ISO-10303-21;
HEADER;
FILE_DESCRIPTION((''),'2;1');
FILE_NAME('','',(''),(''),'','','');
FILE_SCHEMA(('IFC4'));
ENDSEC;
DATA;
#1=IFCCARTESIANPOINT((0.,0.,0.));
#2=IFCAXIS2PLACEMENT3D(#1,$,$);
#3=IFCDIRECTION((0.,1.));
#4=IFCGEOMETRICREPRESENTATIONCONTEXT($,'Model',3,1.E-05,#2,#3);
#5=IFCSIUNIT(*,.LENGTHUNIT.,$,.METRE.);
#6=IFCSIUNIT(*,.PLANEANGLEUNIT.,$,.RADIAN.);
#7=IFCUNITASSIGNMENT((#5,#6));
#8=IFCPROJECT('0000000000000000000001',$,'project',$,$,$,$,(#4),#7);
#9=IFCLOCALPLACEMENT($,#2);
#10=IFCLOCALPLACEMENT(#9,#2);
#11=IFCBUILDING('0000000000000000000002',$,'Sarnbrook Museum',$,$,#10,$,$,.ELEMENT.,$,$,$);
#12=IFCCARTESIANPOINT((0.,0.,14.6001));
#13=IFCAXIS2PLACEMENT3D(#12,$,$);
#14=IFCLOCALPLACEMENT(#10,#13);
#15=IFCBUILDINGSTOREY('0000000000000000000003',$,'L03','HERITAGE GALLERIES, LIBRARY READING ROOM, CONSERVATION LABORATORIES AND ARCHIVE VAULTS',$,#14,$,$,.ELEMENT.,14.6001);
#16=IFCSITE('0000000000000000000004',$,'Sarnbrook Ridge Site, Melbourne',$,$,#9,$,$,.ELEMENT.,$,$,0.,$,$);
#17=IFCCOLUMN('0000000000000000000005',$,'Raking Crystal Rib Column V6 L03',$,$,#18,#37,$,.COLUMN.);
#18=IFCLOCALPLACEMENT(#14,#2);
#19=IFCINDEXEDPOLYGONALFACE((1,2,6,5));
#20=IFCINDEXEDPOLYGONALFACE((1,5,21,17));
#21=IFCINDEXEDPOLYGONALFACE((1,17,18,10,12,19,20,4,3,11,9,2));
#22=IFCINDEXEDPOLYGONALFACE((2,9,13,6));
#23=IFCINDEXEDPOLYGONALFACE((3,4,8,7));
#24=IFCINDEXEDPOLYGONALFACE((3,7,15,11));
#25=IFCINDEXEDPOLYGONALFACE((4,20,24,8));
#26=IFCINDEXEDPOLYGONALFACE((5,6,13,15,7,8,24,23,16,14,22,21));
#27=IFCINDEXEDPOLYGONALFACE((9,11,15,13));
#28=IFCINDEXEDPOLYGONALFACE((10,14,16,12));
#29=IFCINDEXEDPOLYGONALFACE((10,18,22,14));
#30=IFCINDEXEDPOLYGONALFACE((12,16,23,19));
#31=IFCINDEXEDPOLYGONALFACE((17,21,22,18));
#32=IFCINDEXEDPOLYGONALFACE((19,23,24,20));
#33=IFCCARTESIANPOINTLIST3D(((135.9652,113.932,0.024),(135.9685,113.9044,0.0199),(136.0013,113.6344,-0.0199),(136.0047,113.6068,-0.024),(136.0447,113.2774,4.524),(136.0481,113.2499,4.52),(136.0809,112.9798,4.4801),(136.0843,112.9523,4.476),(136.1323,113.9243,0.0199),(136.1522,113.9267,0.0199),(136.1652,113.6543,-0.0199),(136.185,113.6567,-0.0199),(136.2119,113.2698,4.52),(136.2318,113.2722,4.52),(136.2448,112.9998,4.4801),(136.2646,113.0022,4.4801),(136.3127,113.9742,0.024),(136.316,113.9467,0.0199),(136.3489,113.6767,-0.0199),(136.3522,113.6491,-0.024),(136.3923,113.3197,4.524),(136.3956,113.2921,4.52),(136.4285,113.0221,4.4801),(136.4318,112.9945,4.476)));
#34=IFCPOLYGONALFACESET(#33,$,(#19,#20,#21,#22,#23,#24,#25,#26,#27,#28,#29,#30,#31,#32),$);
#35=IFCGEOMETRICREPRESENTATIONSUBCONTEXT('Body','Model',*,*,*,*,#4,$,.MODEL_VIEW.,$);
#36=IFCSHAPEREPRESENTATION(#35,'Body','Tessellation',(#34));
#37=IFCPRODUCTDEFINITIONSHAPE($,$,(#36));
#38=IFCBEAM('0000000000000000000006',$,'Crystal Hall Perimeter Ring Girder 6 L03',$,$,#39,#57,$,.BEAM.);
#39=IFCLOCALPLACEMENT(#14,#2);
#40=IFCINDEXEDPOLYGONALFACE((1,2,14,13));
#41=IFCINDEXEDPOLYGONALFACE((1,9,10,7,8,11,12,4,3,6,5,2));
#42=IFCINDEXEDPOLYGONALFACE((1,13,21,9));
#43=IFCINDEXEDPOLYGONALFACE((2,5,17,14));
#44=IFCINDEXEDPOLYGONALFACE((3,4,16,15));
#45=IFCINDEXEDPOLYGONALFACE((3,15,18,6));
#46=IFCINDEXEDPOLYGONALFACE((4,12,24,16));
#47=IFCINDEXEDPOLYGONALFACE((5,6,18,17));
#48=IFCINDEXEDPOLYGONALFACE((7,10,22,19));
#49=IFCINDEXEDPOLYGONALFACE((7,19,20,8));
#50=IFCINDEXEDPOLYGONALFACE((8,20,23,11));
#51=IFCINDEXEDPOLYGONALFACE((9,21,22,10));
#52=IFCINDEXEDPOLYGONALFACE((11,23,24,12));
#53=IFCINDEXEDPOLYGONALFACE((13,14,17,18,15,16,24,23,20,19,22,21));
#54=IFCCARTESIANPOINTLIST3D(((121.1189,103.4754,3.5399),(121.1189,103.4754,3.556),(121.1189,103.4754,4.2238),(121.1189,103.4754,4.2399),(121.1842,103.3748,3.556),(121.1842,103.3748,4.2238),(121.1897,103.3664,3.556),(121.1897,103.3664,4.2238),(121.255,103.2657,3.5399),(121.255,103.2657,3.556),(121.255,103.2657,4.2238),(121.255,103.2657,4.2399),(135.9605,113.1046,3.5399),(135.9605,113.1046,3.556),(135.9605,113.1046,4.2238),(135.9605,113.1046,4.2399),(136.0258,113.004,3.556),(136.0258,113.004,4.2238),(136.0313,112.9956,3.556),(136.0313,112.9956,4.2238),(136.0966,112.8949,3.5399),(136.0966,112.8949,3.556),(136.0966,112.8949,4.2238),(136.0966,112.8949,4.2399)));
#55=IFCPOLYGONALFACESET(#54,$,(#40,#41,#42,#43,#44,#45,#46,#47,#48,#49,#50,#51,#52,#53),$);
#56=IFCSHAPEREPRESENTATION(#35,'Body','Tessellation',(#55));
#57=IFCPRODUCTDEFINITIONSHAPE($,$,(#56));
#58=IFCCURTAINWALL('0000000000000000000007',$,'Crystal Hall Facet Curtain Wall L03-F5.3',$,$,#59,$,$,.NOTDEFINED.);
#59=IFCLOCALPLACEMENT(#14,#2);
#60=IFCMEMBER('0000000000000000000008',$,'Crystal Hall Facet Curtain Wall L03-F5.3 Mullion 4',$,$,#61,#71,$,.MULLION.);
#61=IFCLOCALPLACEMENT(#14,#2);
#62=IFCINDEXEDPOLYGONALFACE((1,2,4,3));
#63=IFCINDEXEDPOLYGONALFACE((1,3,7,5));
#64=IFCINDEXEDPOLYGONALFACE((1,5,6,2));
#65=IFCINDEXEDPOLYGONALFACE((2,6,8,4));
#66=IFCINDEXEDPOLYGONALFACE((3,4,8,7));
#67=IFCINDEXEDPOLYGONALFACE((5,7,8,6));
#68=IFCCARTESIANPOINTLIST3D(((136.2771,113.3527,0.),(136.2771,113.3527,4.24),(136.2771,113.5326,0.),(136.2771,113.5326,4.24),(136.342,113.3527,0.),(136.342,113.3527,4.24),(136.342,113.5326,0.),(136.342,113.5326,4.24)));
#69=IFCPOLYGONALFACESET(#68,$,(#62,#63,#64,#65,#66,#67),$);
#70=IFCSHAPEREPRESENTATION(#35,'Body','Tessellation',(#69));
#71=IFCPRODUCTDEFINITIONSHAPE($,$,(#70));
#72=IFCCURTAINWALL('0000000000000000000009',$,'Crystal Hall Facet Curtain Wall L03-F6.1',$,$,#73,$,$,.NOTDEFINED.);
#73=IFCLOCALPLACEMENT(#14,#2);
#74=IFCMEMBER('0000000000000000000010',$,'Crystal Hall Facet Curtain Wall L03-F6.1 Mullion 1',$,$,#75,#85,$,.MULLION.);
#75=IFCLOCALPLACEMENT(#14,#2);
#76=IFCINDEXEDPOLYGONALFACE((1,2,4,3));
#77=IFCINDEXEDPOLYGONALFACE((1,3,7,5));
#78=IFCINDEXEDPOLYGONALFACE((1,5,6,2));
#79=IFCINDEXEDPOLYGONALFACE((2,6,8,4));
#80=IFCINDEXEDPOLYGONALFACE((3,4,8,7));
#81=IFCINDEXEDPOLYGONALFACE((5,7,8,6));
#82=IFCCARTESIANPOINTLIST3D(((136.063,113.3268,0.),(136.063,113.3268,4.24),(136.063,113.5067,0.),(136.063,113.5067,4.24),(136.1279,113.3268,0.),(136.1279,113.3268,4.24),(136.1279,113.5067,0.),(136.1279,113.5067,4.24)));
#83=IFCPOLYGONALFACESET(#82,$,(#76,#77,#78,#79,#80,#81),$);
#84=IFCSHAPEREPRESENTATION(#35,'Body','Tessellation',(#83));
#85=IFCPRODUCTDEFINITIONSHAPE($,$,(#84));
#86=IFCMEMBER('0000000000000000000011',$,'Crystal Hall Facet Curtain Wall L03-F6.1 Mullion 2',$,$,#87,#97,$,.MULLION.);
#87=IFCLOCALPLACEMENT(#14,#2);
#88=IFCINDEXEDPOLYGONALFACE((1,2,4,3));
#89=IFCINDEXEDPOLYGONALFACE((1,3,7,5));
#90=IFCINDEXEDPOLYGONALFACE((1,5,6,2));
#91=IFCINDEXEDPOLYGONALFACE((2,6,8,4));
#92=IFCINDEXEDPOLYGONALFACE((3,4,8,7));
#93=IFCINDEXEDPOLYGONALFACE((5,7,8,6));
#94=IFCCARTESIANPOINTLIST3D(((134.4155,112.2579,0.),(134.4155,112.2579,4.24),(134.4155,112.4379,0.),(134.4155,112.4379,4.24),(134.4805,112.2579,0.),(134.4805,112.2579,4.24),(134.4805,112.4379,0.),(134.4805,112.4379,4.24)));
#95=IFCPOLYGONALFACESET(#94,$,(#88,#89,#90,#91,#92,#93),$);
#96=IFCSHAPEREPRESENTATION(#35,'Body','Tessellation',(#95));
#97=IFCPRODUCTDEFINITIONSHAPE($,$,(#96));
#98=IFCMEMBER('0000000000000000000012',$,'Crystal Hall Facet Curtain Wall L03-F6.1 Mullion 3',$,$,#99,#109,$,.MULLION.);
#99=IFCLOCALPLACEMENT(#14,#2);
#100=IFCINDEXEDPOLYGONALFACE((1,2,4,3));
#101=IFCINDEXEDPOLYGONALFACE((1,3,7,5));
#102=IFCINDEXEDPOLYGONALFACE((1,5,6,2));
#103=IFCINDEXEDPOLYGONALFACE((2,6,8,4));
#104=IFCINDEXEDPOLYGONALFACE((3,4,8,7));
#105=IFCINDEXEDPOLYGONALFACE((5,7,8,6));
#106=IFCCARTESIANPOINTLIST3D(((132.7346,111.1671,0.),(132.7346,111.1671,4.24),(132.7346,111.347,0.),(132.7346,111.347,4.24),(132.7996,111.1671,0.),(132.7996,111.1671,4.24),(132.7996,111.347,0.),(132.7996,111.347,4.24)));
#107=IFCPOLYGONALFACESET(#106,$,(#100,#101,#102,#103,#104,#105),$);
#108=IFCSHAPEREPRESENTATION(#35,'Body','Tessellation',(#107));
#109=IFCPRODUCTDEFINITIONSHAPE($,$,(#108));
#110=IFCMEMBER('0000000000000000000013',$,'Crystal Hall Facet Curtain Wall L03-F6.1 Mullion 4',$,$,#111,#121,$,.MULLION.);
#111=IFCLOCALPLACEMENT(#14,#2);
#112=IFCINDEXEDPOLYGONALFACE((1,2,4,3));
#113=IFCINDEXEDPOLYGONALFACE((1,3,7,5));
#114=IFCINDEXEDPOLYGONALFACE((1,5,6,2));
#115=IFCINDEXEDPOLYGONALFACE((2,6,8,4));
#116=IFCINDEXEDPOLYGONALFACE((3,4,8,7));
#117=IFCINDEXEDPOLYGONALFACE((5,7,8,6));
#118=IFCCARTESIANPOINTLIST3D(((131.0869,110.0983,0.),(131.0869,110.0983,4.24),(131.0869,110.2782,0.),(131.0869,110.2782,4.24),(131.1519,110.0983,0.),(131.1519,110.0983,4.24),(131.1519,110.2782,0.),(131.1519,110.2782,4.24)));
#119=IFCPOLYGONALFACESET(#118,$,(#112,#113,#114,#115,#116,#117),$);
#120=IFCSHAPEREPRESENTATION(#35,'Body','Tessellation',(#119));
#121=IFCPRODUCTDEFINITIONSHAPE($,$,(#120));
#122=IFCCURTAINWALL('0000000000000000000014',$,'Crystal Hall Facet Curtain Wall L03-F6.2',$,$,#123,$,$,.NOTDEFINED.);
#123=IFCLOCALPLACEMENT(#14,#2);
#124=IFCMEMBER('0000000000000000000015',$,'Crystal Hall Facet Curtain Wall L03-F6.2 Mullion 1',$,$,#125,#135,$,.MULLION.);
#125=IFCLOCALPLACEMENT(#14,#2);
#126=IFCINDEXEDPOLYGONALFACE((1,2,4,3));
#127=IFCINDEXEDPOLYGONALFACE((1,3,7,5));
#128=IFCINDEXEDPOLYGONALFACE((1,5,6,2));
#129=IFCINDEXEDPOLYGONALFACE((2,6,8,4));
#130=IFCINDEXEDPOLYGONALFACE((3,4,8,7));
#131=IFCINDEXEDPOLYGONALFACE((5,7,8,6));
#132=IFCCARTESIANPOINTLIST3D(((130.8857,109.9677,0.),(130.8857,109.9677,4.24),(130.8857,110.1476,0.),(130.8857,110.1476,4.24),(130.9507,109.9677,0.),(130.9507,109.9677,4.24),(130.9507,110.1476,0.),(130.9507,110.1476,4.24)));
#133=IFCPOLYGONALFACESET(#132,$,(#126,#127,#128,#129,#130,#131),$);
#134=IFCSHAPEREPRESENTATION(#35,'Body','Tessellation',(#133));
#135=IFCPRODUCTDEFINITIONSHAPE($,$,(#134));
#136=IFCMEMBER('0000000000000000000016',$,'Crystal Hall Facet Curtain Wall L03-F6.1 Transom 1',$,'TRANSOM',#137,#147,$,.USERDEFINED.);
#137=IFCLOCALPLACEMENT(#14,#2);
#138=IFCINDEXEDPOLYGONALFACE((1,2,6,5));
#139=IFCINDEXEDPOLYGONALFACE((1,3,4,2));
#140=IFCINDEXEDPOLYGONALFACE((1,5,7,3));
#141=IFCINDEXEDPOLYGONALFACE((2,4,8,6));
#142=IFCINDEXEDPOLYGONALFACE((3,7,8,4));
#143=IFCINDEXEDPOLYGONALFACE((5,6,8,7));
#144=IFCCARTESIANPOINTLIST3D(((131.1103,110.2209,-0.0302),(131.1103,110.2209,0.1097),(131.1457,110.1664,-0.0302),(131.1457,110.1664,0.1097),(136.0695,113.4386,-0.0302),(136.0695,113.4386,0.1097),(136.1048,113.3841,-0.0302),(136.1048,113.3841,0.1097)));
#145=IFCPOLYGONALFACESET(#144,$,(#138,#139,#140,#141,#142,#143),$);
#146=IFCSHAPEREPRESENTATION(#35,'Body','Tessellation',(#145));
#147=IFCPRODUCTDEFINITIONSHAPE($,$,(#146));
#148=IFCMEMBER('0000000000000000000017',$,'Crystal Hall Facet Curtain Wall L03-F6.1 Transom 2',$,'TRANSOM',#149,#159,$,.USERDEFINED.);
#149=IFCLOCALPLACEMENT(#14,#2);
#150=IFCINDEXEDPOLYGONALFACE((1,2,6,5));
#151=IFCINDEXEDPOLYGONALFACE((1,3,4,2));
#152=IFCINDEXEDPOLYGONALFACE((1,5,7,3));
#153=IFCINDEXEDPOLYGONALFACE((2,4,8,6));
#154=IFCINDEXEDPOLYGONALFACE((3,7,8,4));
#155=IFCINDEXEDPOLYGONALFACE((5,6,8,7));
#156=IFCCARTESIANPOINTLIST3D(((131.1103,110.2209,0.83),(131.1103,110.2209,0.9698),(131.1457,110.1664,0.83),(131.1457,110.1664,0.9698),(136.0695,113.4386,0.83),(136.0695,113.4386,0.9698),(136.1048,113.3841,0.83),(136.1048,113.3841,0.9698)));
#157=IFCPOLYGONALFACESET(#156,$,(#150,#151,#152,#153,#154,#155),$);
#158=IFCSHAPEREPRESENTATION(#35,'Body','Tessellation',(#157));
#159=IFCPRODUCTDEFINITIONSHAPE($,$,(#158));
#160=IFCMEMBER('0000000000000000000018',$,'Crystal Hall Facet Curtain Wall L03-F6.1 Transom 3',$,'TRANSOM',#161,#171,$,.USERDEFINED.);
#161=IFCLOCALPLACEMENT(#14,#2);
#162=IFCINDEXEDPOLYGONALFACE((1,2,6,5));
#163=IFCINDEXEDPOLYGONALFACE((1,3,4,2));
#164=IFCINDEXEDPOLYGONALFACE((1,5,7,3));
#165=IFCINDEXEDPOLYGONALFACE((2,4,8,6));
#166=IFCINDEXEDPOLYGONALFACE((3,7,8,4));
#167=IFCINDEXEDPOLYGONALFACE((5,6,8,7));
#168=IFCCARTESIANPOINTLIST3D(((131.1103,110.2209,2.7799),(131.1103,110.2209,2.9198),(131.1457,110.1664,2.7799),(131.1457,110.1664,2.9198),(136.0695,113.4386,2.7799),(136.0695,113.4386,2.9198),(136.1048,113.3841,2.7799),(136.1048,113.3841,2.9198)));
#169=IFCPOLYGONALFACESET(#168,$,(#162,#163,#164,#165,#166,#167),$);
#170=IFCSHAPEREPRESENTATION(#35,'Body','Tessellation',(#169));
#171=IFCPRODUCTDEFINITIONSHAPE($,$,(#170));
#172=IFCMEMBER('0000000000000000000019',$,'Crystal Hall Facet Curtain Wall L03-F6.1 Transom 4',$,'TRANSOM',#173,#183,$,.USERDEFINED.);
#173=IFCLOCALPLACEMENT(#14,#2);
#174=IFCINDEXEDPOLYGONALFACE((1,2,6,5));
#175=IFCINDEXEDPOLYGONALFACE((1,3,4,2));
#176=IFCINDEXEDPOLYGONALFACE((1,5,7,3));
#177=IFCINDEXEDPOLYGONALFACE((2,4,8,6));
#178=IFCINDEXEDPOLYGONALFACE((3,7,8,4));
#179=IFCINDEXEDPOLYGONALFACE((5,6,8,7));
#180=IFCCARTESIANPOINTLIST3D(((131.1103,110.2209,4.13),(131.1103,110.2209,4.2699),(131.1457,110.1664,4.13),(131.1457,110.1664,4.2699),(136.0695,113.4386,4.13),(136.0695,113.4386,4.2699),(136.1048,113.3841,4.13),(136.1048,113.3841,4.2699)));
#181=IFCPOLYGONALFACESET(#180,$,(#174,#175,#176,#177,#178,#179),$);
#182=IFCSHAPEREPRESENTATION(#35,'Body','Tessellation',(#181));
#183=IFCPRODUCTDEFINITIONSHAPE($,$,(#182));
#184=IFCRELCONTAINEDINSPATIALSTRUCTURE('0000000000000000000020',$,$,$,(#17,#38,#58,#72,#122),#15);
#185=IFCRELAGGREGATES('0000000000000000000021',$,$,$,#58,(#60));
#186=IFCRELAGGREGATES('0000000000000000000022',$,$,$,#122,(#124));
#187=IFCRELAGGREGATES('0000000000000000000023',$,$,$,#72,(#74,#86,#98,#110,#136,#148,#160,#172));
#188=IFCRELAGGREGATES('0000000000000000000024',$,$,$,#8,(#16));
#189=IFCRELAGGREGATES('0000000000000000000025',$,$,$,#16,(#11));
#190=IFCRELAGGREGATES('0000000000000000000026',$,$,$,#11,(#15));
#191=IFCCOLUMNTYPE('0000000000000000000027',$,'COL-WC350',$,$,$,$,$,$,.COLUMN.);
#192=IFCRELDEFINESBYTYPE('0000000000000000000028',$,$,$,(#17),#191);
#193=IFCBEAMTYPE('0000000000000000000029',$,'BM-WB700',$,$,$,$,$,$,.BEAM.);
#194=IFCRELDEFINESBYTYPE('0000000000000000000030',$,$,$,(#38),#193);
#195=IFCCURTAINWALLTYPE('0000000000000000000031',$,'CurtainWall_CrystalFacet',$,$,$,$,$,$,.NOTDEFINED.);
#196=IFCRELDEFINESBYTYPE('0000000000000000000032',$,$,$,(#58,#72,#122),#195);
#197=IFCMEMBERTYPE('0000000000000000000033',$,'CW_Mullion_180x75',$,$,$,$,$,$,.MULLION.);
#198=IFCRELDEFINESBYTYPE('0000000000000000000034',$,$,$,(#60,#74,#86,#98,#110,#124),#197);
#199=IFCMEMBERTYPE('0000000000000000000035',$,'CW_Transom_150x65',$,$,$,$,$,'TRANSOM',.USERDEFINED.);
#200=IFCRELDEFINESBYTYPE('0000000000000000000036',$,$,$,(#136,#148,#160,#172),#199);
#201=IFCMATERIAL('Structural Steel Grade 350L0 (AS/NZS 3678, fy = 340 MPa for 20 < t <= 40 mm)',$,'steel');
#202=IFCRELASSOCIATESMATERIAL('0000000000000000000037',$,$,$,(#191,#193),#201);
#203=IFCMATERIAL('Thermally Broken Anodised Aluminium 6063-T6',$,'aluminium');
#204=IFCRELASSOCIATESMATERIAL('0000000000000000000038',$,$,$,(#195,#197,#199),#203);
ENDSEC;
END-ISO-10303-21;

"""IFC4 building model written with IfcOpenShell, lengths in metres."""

from ifc_helpers import new_model, si_unit, direction, frame, origin, origin_2d, place, context, subcontext, project, spatial, rectangle, i_section, extrude, material, material_profile, profile_set, type_object, element, aggregate, save


model = new_model("IFC4")

# Units and contexts
model_context = context("Model", 3, precision=1e-05, world=origin(), true_north=direction((0.0, 1.0)))
body_context = subcontext(model_context, "Body", "Model", "MODEL_VIEW")
ifc_project = project(units=[si_unit("LENGTHUNIT", "METRE"), si_unit("PLANEANGLEUNIT", "RADIAN")], contexts=[model_context])

# Site, building, storey
site_placement = place(None, origin())
site = spatial("IfcSite", under=ifc_project, at=site_placement, Name="Sarnbrook Ridge Site, Melbourne", CompositionType="ELEMENT", RefElevation=0.0)
building_placement = place(site_placement, origin())
building = spatial("IfcBuilding", under=site, at=building_placement, Name="Sarnbrook Museum", CompositionType="ELEMENT")
storey_placement = place(building_placement, frame((0.0, 0.0, 14.6001)))
storey = spatial("IfcBuildingStorey", under=building, at=storey_placement, Name="L03", Description="HERITAGE GALLERIES, LIBRARY READING ROOM, CONSERVATION LABORATORIES AND ARCHIVE VAULTS", CompositionType="ELEMENT", Elevation=14.6001)

# Column
ifc_material_1 = material(Name="Structural Steel Grade 350L0 (AS/NZS 3678, fy = 340 MPa for 20 < t <= 40 mm)", Category="steel")
ifc_material_profile_1 = material_profile(ifc_material_1, i_section(OverallWidth=0.3501, OverallDepth=0.3311, WebThickness=0.02, FlangeThickness=0.0281, at=origin_2d()), Name="350WC197")
ifc_profile_set_1 = profile_set([ifc_material_profile_1], Name="Structural Steel Grade 350L0 (AS/NZS 3678, fy = 340 MPa for 20 < t <= 40 mm)")
column_type = type_object("IfcColumnType", Name="COL-WC350", PredefinedType="COLUMN", material=ifc_profile_set_1)
column_placement = place(storey_placement, frame((136.1587, 113.7905, 0.0), z_axis=(0.0175, -0.143917, 0.989435), x_axis=(0.992688, 0.120707, 0.0)))
element("IfcColumn", 1, at=column_placement, inside=storey, type_object=column_type, Name="Raking Crystal Rib Column V6 L03", PredefinedType="COLUMN", context=body_context, shape_type="SweptSolid", body=[
    extrude(i_section(OverallWidth=0.3501, OverallDepth=0.3311, WebThickness=0.02, FlangeThickness=0.0281, at=origin_2d()), origin(), (0.0, 0.0, 1.0), 4.5481),
])

# Beam
ifc_material_profile_2 = material_profile(ifc_material_1, i_section(OverallWidth=0.25, OverallDepth=0.7, WebThickness=0.01, FlangeThickness=0.0161, at=origin_2d()), Name="700WB130")
ifc_profile_set_2 = profile_set([ifc_material_profile_2], Name="Structural Steel Grade 350L0 (AS/NZS 3678, fy = 340 MPa for 20 < t <= 40 mm)")
beam_type_1 = type_object("IfcBeamType", Name="BM-WB700", PredefinedType="BEAM", material=ifc_profile_set_2)
beam_1_placement = place(storey_placement, frame((136.0286, 112.9998, 3.8899), z_axis=(-0.838905, -0.544279, 0.0), x_axis=(0.544279, -0.838905, 0.0)))
element("IfcBeam", 2, at=beam_1_placement, inside=storey, type_object=beam_type_1, Name="Crystal Hall Perimeter Ring Girder 6 L03", PredefinedType="BEAM", context=body_context, shape_type="SweptSolid", body=[
    extrude(i_section(OverallWidth=0.25, OverallDepth=0.7, WebThickness=0.01, FlangeThickness=0.0161, at=origin_2d()), origin(), (0.0, 0.0, 1.0), 17.6917),
])

# Curtain wall, member
ifc_material_2 = material(Name="Thermally Broken Anodised Aluminium 6063-T6", Category="aluminium")
curtain_wall_type = type_object("IfcCurtainWallType", Name="CurtainWall_CrystalFacet", PredefinedType="NOTDEFINED", material=ifc_material_2)
curtain_wall_1_placement = place(storey_placement, origin())
curtain_wall_1 = element("IfcCurtainWall", 3, at=curtain_wall_1_placement, inside=storey, type_object=curtain_wall_type, Name="Crystal Hall Facet Curtain Wall L03-F5.3", PredefinedType="NOTDEFINED")
ifc_material_profile_3 = material_profile(ifc_material_2, rectangle(XDim=0.0649, YDim=0.1799, at=origin_2d()), Name="ALU MULLION 65x180")
ifc_profile_set_3 = profile_set([ifc_material_profile_3], Name="Thermally Broken Anodised Aluminium 6063-T6")
member_type_1 = type_object("IfcMemberType", Name="CW_Mullion_180x75", PredefinedType="MULLION", material=ifc_profile_set_3)
member_1_placement = place(storey_placement, frame((136.3096, 113.4426, 0.0), z_axis=(0.0, 0.0, 1.0), x_axis=(1.0, 0.0, 0.0)))
member_1 = element("IfcMember", 4, at=member_1_placement, type_object=member_type_1, Name="Crystal Hall Facet Curtain Wall L03-F5.3 Mullion 4", PredefinedType="MULLION", context=body_context, shape_type="SweptSolid", body=[
    extrude(rectangle(XDim=0.0649, YDim=0.1799, at=origin_2d()), origin(), (0.0, 0.0, 1.0), 4.24),
])
aggregate(curtain_wall_1, [member_1])

# Curtain wall, members
curtain_wall_2_placement = place(storey_placement, origin())
curtain_wall_2 = element("IfcCurtainWall", 5, at=curtain_wall_2_placement, inside=storey, type_object=curtain_wall_type, Name="Crystal Hall Facet Curtain Wall L03-F6.1", PredefinedType="NOTDEFINED")
member_2_placement = place(storey_placement, frame((136.0955, 113.4167, 0.0), z_axis=(0.0, 0.0, 1.0), x_axis=(1.0, 0.0, 0.0)))
member_2 = element("IfcMember", 6, at=member_2_placement, type_object=member_type_1, Name="Crystal Hall Facet Curtain Wall L03-F6.1 Mullion 1", PredefinedType="MULLION", context=body_context, shape_type="SweptSolid", body=[
    extrude(rectangle(XDim=0.0649, YDim=0.1799, at=origin_2d()), origin(), (0.0, 0.0, 1.0), 4.24),
])
member_3_placement = place(storey_placement, frame((134.448, 112.3479, 0.0), z_axis=(0.0, 0.0, 1.0), x_axis=(1.0, 0.0, 0.0)))
member_3 = element("IfcMember", 7, at=member_3_placement, type_object=member_type_1, Name="Crystal Hall Facet Curtain Wall L03-F6.1 Mullion 2", PredefinedType="MULLION", context=body_context, shape_type="SweptSolid", body=[
    extrude(rectangle(XDim=0.0649, YDim=0.1799, at=origin_2d()), origin(), (0.0, 0.0, 1.0), 4.24),
])
member_4_placement = place(storey_placement, frame((132.7671, 111.2571, 0.0), z_axis=(0.0, 0.0, 1.0), x_axis=(1.0, 0.0, 0.0)))
member_4 = element("IfcMember", 8, at=member_4_placement, type_object=member_type_1, Name="Crystal Hall Facet Curtain Wall L03-F6.1 Mullion 3", PredefinedType="MULLION", context=body_context, shape_type="SweptSolid", body=[
    extrude(rectangle(XDim=0.0649, YDim=0.1799, at=origin_2d()), origin(), (0.0, 0.0, 1.0), 4.24),
])
member_5_placement = place(storey_placement, frame((131.1194, 110.1882, 0.0), z_axis=(0.0, 0.0, 1.0), x_axis=(1.0, 0.0, 0.0)))
member_5 = element("IfcMember", 9, at=member_5_placement, type_object=member_type_1, Name="Crystal Hall Facet Curtain Wall L03-F6.1 Mullion 4", PredefinedType="MULLION", context=body_context, shape_type="SweptSolid", body=[
    extrude(rectangle(XDim=0.0649, YDim=0.1799, at=origin_2d()), origin(), (0.0, 0.0, 1.0), 4.24),
])

# Curtain wall, member
curtain_wall_3_placement = place(storey_placement, origin())
curtain_wall_3 = element("IfcCurtainWall", 10, at=curtain_wall_3_placement, inside=storey, type_object=curtain_wall_type, Name="Crystal Hall Facet Curtain Wall L03-F6.2", PredefinedType="NOTDEFINED")
member_6_placement = place(storey_placement, frame((130.9182, 110.0576, 0.0), z_axis=(0.0, 0.0, 1.0), x_axis=(1.0, 0.0, 0.0)))
member_6 = element("IfcMember", 11, at=member_6_placement, type_object=member_type_1, Name="Crystal Hall Facet Curtain Wall L03-F6.2 Mullion 1", PredefinedType="MULLION", context=body_context, shape_type="SweptSolid", body=[
    extrude(rectangle(XDim=0.0649, YDim=0.1799, at=origin_2d()), origin(), (0.0, 0.0, 1.0), 4.24),
])
aggregate(curtain_wall_3, [member_6])

# Members
ifc_material_profile_4 = material_profile(ifc_material_2, rectangle(XDim=0.0649, YDim=0.1399, at=origin_2d()), Name="ALU TRANSOM 65x140")
ifc_profile_set_4 = profile_set([ifc_material_profile_4], Name="Thermally Broken Anodised Aluminium 6063-T6")
member_type_2 = type_object("IfcMemberType", Name="CW_Transom_150x65", ElementType="TRANSOM", PredefinedType="USERDEFINED", material=ifc_profile_set_4)
member_7_placement = place(storey_placement, frame((136.0872, 113.4114, 0.0398), z_axis=(-0.838886, -0.544307, 0.0), x_axis=(0.544307, -0.838886, 0.0)))
member_7 = element("IfcMember", 12, at=member_7_placement, type_object=member_type_2, Name="Crystal Hall Facet Curtain Wall L03-F6.1 Transom 1", ObjectType="TRANSOM", PredefinedType="USERDEFINED", context=body_context, shape_type="SweptSolid", body=[
    extrude(rectangle(XDim=0.0649, YDim=0.1399, at=origin_2d()), origin(), (0.0, 0.0, 1.0), 5.9116),
])
member_8_placement = place(storey_placement, frame((136.0872, 113.4114, 0.8999), z_axis=(-0.838886, -0.544307, 0.0), x_axis=(0.544307, -0.838886, 0.0)))
member_8 = element("IfcMember", 13, at=member_8_placement, type_object=member_type_2, Name="Crystal Hall Facet Curtain Wall L03-F6.1 Transom 2", ObjectType="TRANSOM", PredefinedType="USERDEFINED", context=body_context, shape_type="SweptSolid", body=[
    extrude(rectangle(XDim=0.0649, YDim=0.1399, at=origin_2d()), origin(), (0.0, 0.0, 1.0), 5.9116),
])
member_9_placement = place(storey_placement, frame((136.0872, 113.4114, 2.8499), z_axis=(-0.838886, -0.544307, 0.0), x_axis=(0.544307, -0.838886, 0.0)))
member_9 = element("IfcMember", 14, at=member_9_placement, type_object=member_type_2, Name="Crystal Hall Facet Curtain Wall L03-F6.1 Transom 3", ObjectType="TRANSOM", PredefinedType="USERDEFINED", context=body_context, shape_type="SweptSolid", body=[
    extrude(rectangle(XDim=0.0649, YDim=0.1399, at=origin_2d()), origin(), (0.0, 0.0, 1.0), 5.9116),
])
member_10_placement = place(storey_placement, frame((136.0872, 113.4114, 4.2), z_axis=(-0.838886, -0.544307, 0.0), x_axis=(0.544307, -0.838886, 0.0)))
member_10 = element("IfcMember", 15, at=member_10_placement, type_object=member_type_2, Name="Crystal Hall Facet Curtain Wall L03-F6.1 Transom 4", ObjectType="TRANSOM", PredefinedType="USERDEFINED", context=body_context, shape_type="SweptSolid", body=[
    extrude(rectangle(XDim=0.0649, YDim=0.1399, at=origin_2d()), origin(), (0.0, 0.0, 1.0), 5.9116),
])

aggregate(curtain_wall_2, [member_2, member_3, member_4, member_5, member_7, member_8, member_9, member_10])

save(model, "model.ifc")
